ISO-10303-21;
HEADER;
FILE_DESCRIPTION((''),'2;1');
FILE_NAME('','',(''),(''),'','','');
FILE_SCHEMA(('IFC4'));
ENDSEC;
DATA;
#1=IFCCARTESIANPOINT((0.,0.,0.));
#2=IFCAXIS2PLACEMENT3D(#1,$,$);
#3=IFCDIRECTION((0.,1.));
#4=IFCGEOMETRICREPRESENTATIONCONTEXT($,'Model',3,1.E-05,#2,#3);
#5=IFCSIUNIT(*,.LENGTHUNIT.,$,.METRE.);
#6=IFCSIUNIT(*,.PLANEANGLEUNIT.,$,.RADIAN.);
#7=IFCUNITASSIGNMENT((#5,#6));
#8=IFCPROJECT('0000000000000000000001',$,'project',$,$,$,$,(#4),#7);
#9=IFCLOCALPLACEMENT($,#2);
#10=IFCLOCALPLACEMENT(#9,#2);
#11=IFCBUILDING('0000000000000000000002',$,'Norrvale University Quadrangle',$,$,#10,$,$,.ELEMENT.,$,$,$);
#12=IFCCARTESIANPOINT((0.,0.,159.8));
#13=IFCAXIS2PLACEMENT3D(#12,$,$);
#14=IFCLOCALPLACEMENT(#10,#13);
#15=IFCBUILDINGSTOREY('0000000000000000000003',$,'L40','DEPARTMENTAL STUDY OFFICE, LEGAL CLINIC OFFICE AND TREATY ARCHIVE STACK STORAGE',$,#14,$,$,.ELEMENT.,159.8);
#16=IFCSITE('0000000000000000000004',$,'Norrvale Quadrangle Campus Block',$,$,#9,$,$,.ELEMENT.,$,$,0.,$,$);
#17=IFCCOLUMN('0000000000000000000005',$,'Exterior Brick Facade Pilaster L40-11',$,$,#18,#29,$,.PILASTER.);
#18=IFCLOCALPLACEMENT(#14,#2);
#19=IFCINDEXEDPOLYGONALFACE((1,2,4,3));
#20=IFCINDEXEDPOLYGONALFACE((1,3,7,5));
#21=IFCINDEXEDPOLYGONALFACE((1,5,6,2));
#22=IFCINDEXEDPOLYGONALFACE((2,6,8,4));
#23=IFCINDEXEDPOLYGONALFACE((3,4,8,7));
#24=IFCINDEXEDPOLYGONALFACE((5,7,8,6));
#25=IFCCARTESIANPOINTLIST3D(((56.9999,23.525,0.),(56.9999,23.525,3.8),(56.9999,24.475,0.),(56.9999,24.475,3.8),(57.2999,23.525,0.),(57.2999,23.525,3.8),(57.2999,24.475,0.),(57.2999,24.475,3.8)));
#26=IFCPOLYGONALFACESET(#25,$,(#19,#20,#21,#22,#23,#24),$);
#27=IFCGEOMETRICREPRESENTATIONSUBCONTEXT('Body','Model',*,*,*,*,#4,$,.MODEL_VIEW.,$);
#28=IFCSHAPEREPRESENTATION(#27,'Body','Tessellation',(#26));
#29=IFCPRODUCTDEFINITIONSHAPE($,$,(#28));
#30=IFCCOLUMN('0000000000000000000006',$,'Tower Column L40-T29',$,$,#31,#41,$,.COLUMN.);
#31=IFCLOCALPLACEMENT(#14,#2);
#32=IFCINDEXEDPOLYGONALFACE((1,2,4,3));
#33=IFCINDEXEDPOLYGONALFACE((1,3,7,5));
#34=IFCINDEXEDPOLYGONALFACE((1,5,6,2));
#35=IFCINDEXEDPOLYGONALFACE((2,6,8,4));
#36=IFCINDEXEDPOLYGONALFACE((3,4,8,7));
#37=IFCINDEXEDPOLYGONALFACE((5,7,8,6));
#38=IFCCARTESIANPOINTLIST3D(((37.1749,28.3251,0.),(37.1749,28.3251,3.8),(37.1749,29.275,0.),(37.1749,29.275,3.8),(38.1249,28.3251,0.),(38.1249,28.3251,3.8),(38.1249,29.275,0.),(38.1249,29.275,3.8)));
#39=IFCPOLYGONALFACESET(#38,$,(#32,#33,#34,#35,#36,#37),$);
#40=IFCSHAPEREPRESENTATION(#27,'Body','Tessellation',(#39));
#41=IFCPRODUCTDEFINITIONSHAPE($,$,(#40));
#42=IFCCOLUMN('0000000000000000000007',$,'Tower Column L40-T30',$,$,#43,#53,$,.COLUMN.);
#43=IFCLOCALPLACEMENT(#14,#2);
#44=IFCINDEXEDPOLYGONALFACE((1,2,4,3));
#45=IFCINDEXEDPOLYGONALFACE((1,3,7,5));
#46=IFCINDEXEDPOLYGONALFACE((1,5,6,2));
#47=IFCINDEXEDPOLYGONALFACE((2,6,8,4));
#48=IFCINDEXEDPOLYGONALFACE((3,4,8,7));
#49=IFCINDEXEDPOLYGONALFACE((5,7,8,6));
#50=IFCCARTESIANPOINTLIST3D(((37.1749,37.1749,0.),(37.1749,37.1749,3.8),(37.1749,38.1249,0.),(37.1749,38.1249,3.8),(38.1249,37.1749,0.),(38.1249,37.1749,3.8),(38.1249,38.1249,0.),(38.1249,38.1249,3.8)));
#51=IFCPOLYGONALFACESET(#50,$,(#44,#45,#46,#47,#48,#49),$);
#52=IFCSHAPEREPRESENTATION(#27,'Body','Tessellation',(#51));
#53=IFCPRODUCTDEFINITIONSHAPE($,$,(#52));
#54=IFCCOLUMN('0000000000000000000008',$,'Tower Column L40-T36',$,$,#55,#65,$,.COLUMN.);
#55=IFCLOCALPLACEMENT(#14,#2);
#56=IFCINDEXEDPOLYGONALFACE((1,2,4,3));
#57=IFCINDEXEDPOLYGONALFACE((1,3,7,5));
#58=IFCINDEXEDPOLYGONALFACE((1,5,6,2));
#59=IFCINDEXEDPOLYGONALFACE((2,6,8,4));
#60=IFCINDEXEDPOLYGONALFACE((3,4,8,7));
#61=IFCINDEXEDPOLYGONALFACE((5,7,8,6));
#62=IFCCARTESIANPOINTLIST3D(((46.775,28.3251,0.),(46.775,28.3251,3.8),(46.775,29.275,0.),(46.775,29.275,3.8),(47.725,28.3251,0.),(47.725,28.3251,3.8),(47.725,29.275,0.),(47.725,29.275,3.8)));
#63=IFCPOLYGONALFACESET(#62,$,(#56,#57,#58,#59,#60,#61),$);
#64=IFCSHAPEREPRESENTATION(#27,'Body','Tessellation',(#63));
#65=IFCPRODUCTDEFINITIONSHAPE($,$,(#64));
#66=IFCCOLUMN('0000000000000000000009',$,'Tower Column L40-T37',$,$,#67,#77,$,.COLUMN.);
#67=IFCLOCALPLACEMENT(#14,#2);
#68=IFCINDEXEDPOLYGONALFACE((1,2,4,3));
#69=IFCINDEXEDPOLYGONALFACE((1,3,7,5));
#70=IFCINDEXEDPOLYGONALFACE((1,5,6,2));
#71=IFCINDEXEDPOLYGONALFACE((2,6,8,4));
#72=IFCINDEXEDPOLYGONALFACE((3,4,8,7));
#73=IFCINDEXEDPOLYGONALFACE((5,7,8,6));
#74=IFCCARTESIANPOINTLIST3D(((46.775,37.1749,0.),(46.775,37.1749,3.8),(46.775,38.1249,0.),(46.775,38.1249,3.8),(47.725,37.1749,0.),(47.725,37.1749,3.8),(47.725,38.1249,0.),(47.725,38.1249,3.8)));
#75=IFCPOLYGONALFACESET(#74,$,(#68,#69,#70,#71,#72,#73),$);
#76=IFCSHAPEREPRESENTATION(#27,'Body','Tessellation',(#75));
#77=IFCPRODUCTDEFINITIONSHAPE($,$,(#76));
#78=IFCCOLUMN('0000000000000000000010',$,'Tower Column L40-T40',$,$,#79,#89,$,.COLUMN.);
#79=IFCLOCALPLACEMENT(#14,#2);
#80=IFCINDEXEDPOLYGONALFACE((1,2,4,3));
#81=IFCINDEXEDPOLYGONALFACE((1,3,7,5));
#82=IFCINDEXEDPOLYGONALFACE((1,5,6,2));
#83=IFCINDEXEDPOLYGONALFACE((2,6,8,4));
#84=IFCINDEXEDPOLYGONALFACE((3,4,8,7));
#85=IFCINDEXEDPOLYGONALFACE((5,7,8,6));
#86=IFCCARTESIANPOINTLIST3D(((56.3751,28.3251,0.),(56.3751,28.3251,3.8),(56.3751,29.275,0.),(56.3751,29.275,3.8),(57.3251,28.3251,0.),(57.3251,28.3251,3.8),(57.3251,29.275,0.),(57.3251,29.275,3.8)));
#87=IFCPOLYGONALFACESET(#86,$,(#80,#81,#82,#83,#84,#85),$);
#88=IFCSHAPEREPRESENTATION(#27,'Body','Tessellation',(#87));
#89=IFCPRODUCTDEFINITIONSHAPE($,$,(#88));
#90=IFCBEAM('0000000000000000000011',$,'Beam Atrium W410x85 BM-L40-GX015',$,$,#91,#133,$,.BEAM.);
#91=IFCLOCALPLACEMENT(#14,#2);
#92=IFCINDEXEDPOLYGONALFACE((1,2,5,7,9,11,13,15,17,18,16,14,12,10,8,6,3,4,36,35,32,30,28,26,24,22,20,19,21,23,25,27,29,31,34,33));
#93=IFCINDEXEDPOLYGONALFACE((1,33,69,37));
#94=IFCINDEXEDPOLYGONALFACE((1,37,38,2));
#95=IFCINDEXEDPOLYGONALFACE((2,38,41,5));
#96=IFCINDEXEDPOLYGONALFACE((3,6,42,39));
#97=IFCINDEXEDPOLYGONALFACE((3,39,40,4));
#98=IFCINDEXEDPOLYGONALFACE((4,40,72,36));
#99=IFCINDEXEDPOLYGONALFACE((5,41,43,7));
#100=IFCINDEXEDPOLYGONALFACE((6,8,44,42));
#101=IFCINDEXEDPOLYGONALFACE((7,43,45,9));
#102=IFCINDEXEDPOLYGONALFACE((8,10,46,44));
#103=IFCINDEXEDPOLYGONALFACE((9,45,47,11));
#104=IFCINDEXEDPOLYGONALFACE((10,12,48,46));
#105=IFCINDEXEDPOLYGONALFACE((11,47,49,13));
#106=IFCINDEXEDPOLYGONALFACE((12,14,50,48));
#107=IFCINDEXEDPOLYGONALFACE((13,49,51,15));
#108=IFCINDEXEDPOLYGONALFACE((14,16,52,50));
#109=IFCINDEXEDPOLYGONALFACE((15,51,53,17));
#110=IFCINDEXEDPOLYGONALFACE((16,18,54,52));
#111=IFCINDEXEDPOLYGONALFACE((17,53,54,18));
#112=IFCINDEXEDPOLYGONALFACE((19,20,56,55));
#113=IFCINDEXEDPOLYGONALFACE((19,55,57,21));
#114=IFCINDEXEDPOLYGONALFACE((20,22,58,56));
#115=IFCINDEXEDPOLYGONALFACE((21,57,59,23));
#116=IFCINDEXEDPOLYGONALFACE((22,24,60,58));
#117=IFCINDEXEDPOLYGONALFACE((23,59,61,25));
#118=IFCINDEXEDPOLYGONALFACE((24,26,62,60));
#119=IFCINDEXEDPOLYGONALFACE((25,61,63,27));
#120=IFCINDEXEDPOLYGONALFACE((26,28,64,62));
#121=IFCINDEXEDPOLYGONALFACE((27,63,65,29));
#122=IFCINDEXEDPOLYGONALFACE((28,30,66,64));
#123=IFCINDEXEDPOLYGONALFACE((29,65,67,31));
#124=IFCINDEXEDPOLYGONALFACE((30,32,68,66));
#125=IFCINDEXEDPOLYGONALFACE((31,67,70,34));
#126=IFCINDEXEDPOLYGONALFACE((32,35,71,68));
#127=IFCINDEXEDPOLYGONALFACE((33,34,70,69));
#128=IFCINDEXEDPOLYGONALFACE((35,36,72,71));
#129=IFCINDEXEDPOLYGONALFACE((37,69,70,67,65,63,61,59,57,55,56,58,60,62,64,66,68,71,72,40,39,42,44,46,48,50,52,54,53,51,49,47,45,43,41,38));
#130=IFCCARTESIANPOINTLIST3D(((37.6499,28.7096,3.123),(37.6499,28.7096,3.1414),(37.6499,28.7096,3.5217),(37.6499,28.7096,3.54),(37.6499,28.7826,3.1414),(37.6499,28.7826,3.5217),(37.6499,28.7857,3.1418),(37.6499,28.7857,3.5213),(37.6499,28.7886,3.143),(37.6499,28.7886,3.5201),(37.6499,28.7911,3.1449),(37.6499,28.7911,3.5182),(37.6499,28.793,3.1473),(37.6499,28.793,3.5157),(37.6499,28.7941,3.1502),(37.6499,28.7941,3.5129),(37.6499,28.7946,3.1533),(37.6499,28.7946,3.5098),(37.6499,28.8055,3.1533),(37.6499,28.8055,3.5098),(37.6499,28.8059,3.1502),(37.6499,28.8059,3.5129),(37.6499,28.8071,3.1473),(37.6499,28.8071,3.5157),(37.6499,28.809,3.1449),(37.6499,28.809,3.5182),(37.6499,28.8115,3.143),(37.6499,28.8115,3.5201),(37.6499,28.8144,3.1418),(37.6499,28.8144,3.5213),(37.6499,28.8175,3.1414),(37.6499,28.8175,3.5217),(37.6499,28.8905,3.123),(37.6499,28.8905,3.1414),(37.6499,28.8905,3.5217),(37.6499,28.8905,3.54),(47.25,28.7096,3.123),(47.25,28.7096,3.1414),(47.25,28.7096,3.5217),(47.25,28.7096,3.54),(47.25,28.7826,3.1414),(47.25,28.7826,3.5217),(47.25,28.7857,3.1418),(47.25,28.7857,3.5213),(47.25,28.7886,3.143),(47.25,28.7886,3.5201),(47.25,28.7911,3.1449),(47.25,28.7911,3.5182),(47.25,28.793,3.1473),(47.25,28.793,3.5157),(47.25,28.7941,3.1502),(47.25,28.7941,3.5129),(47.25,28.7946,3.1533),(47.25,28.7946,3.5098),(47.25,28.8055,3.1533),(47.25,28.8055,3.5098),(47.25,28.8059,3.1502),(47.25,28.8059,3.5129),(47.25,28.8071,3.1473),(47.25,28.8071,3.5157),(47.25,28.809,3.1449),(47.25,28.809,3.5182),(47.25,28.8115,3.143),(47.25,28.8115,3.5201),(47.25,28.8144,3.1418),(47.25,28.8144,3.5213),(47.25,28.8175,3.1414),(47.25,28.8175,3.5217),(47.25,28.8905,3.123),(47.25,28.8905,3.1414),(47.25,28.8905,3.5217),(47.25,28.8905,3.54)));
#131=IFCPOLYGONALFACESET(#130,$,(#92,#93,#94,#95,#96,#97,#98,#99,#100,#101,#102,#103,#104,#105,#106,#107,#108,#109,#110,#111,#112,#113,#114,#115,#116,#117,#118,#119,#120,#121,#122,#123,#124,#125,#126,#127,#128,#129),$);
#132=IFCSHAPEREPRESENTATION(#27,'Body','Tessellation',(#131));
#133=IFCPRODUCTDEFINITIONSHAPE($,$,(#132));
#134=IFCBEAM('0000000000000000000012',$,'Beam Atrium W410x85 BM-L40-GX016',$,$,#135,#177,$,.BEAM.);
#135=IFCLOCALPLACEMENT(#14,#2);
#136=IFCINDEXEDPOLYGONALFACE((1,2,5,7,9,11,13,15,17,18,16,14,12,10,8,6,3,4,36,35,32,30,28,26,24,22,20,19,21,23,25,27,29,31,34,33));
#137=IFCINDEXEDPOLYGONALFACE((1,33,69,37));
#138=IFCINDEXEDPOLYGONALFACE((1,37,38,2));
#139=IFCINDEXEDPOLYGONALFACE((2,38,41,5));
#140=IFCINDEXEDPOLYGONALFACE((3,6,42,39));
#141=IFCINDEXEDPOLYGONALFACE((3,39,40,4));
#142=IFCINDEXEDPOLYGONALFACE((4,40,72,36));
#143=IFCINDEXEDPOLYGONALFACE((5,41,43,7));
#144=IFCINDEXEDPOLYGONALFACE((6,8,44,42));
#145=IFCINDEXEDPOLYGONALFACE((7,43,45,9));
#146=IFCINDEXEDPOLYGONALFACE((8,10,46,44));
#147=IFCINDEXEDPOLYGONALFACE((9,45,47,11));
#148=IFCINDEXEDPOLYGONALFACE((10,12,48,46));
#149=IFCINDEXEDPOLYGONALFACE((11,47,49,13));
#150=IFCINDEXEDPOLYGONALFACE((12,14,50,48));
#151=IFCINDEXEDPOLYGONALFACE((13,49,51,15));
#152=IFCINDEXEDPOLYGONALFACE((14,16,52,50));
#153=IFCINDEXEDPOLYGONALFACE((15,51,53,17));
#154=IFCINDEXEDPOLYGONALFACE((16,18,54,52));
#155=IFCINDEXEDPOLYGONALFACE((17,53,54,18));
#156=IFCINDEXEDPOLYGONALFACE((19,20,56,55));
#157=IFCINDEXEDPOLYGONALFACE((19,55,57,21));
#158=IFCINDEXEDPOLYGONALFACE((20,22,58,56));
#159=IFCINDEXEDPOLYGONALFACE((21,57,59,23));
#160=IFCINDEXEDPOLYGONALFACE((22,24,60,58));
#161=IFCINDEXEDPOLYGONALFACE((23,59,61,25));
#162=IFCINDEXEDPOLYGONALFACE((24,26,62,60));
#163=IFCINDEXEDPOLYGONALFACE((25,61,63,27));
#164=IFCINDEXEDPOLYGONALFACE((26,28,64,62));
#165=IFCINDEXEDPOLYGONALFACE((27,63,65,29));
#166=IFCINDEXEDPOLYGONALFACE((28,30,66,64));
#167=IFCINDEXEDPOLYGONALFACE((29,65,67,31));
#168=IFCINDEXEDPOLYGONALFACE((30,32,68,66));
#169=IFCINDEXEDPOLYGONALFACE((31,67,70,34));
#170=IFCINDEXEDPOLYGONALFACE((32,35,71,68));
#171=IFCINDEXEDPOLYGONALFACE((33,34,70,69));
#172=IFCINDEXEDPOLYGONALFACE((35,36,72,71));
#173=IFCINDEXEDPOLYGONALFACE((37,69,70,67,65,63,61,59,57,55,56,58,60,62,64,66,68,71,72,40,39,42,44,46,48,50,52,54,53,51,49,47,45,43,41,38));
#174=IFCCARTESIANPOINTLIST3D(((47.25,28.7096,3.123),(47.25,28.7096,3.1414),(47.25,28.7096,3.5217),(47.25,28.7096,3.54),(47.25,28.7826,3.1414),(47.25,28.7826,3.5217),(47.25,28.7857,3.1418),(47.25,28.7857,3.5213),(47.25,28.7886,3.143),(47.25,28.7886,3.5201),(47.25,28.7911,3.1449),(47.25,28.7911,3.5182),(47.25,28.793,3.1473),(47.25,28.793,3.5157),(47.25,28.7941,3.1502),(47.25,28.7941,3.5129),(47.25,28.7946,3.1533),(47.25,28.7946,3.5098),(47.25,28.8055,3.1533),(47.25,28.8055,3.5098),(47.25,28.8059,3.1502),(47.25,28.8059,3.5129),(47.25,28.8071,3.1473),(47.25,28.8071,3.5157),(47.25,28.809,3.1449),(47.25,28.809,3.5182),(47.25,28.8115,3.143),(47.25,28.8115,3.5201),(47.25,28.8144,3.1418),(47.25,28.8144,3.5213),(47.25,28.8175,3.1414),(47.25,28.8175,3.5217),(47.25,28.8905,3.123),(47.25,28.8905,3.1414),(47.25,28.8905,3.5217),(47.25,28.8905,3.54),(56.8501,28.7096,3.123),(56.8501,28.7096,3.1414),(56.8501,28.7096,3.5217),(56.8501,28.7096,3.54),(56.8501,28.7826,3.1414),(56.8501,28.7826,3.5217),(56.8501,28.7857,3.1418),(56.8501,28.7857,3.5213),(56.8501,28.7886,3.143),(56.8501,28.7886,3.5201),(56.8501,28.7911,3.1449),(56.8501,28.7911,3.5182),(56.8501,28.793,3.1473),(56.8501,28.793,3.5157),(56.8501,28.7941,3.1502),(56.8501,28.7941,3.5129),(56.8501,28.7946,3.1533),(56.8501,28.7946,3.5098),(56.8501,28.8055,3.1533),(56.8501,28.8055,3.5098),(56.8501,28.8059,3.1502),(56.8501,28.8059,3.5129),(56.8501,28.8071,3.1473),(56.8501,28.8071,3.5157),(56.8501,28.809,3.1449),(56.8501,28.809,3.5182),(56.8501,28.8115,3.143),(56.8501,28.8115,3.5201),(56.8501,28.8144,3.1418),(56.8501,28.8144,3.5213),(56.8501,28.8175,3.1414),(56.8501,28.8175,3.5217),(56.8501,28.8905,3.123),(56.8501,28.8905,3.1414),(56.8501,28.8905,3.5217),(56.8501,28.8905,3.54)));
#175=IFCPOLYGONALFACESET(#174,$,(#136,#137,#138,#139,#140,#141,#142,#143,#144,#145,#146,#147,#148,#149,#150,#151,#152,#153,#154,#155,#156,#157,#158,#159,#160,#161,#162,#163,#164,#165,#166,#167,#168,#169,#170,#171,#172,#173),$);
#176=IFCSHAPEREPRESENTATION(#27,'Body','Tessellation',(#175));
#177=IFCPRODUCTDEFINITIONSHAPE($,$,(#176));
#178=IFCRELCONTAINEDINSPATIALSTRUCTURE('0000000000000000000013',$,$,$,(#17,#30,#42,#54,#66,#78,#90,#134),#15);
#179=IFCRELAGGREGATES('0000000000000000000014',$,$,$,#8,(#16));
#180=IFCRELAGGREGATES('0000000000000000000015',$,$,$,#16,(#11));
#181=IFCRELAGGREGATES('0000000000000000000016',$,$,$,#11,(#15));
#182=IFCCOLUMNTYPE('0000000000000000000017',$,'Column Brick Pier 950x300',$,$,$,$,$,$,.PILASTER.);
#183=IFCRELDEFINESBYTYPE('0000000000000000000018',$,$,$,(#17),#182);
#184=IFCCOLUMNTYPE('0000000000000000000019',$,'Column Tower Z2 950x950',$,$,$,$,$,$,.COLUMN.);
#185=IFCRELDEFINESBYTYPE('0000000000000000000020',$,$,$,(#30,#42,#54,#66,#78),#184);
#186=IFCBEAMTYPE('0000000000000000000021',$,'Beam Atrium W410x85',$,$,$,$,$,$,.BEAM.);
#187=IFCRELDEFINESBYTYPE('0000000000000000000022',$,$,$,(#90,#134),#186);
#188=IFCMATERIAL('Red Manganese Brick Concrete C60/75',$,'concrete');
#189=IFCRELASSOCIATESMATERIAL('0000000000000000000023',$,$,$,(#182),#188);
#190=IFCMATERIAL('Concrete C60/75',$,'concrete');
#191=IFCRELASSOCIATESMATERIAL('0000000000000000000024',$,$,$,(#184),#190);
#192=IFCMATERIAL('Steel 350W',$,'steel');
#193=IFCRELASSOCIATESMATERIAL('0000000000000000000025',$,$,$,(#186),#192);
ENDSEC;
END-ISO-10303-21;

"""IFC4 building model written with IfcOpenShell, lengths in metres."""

from ifc_helpers import new_model, si_unit, direction, frame, origin, origin_2d, place, context, subcontext, project, spatial, rectangle, i_section, extrude, material, material_profile, profile_set, type_object, element, save


model = new_model("IFC4")

# Units and contexts
model_context = context("Model", 3, precision=1e-05, world=origin(), true_north=direction((0.0, 1.0)))
body_context = subcontext(model_context, "Body", "Model", "MODEL_VIEW")
ifc_project = project(units=[si_unit("LENGTHUNIT", "METRE"), si_unit("PLANEANGLEUNIT", "RADIAN")], contexts=[model_context])

# Site, building, storey
site_placement = place(None, origin())
site = spatial("IfcSite", under=ifc_project, at=site_placement, Name="Norrvale Quadrangle Campus Block", CompositionType="ELEMENT", RefElevation=0.0)
building_placement = place(site_placement, origin())
building = spatial("IfcBuilding", under=site, at=building_placement, Name="Norrvale University Quadrangle", CompositionType="ELEMENT")
storey_placement = place(building_placement, frame((0.0, 0.0, 159.8)))
storey = spatial("IfcBuildingStorey", under=building, at=storey_placement, Name="L40", Description="DEPARTMENTAL STUDY OFFICE, LEGAL CLINIC OFFICE AND TREATY ARCHIVE STACK STORAGE", CompositionType="ELEMENT", Elevation=159.8)

# Columns
ifc_material_1 = material(Name="Red Manganese Brick Concrete C60/75", Category="concrete")
ifc_material_profile_1 = material_profile(ifc_material_1, rectangle(XDim=0.95, YDim=0.3, at=origin_2d()), Name="Red Manganese Brick Concrete C60/75")
ifc_profile_set_1 = profile_set([ifc_material_profile_1], Name="Red Manganese Brick Concrete C60/75")
column_type_1 = type_object("IfcColumnType", Name="Column Brick Pier 950x300", PredefinedType="PILASTER", material=ifc_profile_set_1)
column_placement = place(storey_placement, frame((57.1499, 24.0, 0.0), z_axis=(0.0, 0.0, 1.0), x_axis=(0.0, 1.0, 0.0)))
element("IfcColumn", 1, at=column_placement, inside=storey, type_object=column_type_1, Name="Exterior Brick Facade Pilaster L40-11", PredefinedType="PILASTER", context=body_context, shape_type="SweptSolid", body=[
    extrude(rectangle(XDim=0.95, YDim=0.3, at=origin_2d()), origin(), (0.0, 0.0, 1.0), 3.8),
])
ifc_material_2 = material(Name="Concrete C60/75", Category="concrete")
ifc_material_profile_2 = material_profile(ifc_material_2, rectangle(XDim=0.95, YDim=0.95, at=origin_2d()), Name="Concrete C60/75")
ifc_profile_set_2 = profile_set([ifc_material_profile_2], Name="Concrete C60/75")
column_type_2 = type_object("IfcColumnType", Name="Column Tower Z2 950x950", PredefinedType="COLUMN", material=ifc_profile_set_2)
for number, where, z_axis, x_axis, name in (
    (2, (37.6499, 28.8, 0.0), (0.0, 0.0, 1.0), (1.0, 0.0, 0.0), "Tower Column L40-T29"),
    (3, (37.6499, 37.6499, 0.0), (0.0, 0.0, 1.0), (1.0, 0.0, 0.0), "Tower Column L40-T30"),
    (4, (47.25, 28.8, 0.0), (0.0, 0.0, 1.0), (1.0, 0.0, 0.0), "Tower Column L40-T36"),
    (5, (47.25, 37.6499, 0.0), (0.0, 0.0, 1.0), (1.0, 0.0, 0.0), "Tower Column L40-T37"),
    (6, (56.8501, 28.8, 0.0), (0.0, 0.0, 1.0), (1.0, 0.0, 0.0), "Tower Column L40-T40"),
):
    element("IfcColumn", number, at=place(storey_placement, frame(where, z_axis=z_axis, x_axis=x_axis)), inside=storey, type_object=column_type_2, Name=name, PredefinedType="COLUMN", context=body_context, shape_type="SweptSolid", body=[
        extrude(rectangle(XDim=0.95, YDim=0.95, at=origin_2d()), origin(), (0.0, 0.0, 1.0), 3.8),
    ])

# Beams
ifc_material_3 = material(Name="Steel 350W", Category="steel")
ifc_material_profile_3 = material_profile(ifc_material_3, i_section(OverallWidth=0.1809, OverallDepth=0.417, WebThickness=0.011, FlangeThickness=0.0183, FilletRadius=0.012, at=origin_2d()), Name="Steel 350W")
ifc_profile_set_3 = profile_set([ifc_material_profile_3], Name="Steel 350W")
beam_type_1 = type_object("IfcBeamType", Name="Beam Atrium W410x85", PredefinedType="BEAM", material=ifc_profile_set_3)
for number, where, z_axis, x_axis, name in (
    (7, (37.6499, 28.8, 3.3315), (1.0, 0.0, 0.0), (0.0, 1.0, 0.0), "Beam Atrium W410x85 BM-L40-GX015"),
    (8, (47.25, 28.8, 3.3315), (1.0, 0.0, 0.0), (0.0, 1.0, 0.0), "Beam Atrium W410x85 BM-L40-GX016"),
):
    element("IfcBeam", number, at=place(storey_placement, frame(where, z_axis=z_axis, x_axis=x_axis)), inside=storey, type_object=beam_type_1, Name=name, PredefinedType="BEAM", context=body_context, shape_type="SweptSolid", body=[
        extrude(i_section(OverallWidth=0.1809, OverallDepth=0.417, WebThickness=0.011, FlangeThickness=0.0183, FilletRadius=0.012, at=origin_2d()), origin(), (0.0, 0.0, 1.0), 9.6001),
    ])

save(model, "model.ifc")
